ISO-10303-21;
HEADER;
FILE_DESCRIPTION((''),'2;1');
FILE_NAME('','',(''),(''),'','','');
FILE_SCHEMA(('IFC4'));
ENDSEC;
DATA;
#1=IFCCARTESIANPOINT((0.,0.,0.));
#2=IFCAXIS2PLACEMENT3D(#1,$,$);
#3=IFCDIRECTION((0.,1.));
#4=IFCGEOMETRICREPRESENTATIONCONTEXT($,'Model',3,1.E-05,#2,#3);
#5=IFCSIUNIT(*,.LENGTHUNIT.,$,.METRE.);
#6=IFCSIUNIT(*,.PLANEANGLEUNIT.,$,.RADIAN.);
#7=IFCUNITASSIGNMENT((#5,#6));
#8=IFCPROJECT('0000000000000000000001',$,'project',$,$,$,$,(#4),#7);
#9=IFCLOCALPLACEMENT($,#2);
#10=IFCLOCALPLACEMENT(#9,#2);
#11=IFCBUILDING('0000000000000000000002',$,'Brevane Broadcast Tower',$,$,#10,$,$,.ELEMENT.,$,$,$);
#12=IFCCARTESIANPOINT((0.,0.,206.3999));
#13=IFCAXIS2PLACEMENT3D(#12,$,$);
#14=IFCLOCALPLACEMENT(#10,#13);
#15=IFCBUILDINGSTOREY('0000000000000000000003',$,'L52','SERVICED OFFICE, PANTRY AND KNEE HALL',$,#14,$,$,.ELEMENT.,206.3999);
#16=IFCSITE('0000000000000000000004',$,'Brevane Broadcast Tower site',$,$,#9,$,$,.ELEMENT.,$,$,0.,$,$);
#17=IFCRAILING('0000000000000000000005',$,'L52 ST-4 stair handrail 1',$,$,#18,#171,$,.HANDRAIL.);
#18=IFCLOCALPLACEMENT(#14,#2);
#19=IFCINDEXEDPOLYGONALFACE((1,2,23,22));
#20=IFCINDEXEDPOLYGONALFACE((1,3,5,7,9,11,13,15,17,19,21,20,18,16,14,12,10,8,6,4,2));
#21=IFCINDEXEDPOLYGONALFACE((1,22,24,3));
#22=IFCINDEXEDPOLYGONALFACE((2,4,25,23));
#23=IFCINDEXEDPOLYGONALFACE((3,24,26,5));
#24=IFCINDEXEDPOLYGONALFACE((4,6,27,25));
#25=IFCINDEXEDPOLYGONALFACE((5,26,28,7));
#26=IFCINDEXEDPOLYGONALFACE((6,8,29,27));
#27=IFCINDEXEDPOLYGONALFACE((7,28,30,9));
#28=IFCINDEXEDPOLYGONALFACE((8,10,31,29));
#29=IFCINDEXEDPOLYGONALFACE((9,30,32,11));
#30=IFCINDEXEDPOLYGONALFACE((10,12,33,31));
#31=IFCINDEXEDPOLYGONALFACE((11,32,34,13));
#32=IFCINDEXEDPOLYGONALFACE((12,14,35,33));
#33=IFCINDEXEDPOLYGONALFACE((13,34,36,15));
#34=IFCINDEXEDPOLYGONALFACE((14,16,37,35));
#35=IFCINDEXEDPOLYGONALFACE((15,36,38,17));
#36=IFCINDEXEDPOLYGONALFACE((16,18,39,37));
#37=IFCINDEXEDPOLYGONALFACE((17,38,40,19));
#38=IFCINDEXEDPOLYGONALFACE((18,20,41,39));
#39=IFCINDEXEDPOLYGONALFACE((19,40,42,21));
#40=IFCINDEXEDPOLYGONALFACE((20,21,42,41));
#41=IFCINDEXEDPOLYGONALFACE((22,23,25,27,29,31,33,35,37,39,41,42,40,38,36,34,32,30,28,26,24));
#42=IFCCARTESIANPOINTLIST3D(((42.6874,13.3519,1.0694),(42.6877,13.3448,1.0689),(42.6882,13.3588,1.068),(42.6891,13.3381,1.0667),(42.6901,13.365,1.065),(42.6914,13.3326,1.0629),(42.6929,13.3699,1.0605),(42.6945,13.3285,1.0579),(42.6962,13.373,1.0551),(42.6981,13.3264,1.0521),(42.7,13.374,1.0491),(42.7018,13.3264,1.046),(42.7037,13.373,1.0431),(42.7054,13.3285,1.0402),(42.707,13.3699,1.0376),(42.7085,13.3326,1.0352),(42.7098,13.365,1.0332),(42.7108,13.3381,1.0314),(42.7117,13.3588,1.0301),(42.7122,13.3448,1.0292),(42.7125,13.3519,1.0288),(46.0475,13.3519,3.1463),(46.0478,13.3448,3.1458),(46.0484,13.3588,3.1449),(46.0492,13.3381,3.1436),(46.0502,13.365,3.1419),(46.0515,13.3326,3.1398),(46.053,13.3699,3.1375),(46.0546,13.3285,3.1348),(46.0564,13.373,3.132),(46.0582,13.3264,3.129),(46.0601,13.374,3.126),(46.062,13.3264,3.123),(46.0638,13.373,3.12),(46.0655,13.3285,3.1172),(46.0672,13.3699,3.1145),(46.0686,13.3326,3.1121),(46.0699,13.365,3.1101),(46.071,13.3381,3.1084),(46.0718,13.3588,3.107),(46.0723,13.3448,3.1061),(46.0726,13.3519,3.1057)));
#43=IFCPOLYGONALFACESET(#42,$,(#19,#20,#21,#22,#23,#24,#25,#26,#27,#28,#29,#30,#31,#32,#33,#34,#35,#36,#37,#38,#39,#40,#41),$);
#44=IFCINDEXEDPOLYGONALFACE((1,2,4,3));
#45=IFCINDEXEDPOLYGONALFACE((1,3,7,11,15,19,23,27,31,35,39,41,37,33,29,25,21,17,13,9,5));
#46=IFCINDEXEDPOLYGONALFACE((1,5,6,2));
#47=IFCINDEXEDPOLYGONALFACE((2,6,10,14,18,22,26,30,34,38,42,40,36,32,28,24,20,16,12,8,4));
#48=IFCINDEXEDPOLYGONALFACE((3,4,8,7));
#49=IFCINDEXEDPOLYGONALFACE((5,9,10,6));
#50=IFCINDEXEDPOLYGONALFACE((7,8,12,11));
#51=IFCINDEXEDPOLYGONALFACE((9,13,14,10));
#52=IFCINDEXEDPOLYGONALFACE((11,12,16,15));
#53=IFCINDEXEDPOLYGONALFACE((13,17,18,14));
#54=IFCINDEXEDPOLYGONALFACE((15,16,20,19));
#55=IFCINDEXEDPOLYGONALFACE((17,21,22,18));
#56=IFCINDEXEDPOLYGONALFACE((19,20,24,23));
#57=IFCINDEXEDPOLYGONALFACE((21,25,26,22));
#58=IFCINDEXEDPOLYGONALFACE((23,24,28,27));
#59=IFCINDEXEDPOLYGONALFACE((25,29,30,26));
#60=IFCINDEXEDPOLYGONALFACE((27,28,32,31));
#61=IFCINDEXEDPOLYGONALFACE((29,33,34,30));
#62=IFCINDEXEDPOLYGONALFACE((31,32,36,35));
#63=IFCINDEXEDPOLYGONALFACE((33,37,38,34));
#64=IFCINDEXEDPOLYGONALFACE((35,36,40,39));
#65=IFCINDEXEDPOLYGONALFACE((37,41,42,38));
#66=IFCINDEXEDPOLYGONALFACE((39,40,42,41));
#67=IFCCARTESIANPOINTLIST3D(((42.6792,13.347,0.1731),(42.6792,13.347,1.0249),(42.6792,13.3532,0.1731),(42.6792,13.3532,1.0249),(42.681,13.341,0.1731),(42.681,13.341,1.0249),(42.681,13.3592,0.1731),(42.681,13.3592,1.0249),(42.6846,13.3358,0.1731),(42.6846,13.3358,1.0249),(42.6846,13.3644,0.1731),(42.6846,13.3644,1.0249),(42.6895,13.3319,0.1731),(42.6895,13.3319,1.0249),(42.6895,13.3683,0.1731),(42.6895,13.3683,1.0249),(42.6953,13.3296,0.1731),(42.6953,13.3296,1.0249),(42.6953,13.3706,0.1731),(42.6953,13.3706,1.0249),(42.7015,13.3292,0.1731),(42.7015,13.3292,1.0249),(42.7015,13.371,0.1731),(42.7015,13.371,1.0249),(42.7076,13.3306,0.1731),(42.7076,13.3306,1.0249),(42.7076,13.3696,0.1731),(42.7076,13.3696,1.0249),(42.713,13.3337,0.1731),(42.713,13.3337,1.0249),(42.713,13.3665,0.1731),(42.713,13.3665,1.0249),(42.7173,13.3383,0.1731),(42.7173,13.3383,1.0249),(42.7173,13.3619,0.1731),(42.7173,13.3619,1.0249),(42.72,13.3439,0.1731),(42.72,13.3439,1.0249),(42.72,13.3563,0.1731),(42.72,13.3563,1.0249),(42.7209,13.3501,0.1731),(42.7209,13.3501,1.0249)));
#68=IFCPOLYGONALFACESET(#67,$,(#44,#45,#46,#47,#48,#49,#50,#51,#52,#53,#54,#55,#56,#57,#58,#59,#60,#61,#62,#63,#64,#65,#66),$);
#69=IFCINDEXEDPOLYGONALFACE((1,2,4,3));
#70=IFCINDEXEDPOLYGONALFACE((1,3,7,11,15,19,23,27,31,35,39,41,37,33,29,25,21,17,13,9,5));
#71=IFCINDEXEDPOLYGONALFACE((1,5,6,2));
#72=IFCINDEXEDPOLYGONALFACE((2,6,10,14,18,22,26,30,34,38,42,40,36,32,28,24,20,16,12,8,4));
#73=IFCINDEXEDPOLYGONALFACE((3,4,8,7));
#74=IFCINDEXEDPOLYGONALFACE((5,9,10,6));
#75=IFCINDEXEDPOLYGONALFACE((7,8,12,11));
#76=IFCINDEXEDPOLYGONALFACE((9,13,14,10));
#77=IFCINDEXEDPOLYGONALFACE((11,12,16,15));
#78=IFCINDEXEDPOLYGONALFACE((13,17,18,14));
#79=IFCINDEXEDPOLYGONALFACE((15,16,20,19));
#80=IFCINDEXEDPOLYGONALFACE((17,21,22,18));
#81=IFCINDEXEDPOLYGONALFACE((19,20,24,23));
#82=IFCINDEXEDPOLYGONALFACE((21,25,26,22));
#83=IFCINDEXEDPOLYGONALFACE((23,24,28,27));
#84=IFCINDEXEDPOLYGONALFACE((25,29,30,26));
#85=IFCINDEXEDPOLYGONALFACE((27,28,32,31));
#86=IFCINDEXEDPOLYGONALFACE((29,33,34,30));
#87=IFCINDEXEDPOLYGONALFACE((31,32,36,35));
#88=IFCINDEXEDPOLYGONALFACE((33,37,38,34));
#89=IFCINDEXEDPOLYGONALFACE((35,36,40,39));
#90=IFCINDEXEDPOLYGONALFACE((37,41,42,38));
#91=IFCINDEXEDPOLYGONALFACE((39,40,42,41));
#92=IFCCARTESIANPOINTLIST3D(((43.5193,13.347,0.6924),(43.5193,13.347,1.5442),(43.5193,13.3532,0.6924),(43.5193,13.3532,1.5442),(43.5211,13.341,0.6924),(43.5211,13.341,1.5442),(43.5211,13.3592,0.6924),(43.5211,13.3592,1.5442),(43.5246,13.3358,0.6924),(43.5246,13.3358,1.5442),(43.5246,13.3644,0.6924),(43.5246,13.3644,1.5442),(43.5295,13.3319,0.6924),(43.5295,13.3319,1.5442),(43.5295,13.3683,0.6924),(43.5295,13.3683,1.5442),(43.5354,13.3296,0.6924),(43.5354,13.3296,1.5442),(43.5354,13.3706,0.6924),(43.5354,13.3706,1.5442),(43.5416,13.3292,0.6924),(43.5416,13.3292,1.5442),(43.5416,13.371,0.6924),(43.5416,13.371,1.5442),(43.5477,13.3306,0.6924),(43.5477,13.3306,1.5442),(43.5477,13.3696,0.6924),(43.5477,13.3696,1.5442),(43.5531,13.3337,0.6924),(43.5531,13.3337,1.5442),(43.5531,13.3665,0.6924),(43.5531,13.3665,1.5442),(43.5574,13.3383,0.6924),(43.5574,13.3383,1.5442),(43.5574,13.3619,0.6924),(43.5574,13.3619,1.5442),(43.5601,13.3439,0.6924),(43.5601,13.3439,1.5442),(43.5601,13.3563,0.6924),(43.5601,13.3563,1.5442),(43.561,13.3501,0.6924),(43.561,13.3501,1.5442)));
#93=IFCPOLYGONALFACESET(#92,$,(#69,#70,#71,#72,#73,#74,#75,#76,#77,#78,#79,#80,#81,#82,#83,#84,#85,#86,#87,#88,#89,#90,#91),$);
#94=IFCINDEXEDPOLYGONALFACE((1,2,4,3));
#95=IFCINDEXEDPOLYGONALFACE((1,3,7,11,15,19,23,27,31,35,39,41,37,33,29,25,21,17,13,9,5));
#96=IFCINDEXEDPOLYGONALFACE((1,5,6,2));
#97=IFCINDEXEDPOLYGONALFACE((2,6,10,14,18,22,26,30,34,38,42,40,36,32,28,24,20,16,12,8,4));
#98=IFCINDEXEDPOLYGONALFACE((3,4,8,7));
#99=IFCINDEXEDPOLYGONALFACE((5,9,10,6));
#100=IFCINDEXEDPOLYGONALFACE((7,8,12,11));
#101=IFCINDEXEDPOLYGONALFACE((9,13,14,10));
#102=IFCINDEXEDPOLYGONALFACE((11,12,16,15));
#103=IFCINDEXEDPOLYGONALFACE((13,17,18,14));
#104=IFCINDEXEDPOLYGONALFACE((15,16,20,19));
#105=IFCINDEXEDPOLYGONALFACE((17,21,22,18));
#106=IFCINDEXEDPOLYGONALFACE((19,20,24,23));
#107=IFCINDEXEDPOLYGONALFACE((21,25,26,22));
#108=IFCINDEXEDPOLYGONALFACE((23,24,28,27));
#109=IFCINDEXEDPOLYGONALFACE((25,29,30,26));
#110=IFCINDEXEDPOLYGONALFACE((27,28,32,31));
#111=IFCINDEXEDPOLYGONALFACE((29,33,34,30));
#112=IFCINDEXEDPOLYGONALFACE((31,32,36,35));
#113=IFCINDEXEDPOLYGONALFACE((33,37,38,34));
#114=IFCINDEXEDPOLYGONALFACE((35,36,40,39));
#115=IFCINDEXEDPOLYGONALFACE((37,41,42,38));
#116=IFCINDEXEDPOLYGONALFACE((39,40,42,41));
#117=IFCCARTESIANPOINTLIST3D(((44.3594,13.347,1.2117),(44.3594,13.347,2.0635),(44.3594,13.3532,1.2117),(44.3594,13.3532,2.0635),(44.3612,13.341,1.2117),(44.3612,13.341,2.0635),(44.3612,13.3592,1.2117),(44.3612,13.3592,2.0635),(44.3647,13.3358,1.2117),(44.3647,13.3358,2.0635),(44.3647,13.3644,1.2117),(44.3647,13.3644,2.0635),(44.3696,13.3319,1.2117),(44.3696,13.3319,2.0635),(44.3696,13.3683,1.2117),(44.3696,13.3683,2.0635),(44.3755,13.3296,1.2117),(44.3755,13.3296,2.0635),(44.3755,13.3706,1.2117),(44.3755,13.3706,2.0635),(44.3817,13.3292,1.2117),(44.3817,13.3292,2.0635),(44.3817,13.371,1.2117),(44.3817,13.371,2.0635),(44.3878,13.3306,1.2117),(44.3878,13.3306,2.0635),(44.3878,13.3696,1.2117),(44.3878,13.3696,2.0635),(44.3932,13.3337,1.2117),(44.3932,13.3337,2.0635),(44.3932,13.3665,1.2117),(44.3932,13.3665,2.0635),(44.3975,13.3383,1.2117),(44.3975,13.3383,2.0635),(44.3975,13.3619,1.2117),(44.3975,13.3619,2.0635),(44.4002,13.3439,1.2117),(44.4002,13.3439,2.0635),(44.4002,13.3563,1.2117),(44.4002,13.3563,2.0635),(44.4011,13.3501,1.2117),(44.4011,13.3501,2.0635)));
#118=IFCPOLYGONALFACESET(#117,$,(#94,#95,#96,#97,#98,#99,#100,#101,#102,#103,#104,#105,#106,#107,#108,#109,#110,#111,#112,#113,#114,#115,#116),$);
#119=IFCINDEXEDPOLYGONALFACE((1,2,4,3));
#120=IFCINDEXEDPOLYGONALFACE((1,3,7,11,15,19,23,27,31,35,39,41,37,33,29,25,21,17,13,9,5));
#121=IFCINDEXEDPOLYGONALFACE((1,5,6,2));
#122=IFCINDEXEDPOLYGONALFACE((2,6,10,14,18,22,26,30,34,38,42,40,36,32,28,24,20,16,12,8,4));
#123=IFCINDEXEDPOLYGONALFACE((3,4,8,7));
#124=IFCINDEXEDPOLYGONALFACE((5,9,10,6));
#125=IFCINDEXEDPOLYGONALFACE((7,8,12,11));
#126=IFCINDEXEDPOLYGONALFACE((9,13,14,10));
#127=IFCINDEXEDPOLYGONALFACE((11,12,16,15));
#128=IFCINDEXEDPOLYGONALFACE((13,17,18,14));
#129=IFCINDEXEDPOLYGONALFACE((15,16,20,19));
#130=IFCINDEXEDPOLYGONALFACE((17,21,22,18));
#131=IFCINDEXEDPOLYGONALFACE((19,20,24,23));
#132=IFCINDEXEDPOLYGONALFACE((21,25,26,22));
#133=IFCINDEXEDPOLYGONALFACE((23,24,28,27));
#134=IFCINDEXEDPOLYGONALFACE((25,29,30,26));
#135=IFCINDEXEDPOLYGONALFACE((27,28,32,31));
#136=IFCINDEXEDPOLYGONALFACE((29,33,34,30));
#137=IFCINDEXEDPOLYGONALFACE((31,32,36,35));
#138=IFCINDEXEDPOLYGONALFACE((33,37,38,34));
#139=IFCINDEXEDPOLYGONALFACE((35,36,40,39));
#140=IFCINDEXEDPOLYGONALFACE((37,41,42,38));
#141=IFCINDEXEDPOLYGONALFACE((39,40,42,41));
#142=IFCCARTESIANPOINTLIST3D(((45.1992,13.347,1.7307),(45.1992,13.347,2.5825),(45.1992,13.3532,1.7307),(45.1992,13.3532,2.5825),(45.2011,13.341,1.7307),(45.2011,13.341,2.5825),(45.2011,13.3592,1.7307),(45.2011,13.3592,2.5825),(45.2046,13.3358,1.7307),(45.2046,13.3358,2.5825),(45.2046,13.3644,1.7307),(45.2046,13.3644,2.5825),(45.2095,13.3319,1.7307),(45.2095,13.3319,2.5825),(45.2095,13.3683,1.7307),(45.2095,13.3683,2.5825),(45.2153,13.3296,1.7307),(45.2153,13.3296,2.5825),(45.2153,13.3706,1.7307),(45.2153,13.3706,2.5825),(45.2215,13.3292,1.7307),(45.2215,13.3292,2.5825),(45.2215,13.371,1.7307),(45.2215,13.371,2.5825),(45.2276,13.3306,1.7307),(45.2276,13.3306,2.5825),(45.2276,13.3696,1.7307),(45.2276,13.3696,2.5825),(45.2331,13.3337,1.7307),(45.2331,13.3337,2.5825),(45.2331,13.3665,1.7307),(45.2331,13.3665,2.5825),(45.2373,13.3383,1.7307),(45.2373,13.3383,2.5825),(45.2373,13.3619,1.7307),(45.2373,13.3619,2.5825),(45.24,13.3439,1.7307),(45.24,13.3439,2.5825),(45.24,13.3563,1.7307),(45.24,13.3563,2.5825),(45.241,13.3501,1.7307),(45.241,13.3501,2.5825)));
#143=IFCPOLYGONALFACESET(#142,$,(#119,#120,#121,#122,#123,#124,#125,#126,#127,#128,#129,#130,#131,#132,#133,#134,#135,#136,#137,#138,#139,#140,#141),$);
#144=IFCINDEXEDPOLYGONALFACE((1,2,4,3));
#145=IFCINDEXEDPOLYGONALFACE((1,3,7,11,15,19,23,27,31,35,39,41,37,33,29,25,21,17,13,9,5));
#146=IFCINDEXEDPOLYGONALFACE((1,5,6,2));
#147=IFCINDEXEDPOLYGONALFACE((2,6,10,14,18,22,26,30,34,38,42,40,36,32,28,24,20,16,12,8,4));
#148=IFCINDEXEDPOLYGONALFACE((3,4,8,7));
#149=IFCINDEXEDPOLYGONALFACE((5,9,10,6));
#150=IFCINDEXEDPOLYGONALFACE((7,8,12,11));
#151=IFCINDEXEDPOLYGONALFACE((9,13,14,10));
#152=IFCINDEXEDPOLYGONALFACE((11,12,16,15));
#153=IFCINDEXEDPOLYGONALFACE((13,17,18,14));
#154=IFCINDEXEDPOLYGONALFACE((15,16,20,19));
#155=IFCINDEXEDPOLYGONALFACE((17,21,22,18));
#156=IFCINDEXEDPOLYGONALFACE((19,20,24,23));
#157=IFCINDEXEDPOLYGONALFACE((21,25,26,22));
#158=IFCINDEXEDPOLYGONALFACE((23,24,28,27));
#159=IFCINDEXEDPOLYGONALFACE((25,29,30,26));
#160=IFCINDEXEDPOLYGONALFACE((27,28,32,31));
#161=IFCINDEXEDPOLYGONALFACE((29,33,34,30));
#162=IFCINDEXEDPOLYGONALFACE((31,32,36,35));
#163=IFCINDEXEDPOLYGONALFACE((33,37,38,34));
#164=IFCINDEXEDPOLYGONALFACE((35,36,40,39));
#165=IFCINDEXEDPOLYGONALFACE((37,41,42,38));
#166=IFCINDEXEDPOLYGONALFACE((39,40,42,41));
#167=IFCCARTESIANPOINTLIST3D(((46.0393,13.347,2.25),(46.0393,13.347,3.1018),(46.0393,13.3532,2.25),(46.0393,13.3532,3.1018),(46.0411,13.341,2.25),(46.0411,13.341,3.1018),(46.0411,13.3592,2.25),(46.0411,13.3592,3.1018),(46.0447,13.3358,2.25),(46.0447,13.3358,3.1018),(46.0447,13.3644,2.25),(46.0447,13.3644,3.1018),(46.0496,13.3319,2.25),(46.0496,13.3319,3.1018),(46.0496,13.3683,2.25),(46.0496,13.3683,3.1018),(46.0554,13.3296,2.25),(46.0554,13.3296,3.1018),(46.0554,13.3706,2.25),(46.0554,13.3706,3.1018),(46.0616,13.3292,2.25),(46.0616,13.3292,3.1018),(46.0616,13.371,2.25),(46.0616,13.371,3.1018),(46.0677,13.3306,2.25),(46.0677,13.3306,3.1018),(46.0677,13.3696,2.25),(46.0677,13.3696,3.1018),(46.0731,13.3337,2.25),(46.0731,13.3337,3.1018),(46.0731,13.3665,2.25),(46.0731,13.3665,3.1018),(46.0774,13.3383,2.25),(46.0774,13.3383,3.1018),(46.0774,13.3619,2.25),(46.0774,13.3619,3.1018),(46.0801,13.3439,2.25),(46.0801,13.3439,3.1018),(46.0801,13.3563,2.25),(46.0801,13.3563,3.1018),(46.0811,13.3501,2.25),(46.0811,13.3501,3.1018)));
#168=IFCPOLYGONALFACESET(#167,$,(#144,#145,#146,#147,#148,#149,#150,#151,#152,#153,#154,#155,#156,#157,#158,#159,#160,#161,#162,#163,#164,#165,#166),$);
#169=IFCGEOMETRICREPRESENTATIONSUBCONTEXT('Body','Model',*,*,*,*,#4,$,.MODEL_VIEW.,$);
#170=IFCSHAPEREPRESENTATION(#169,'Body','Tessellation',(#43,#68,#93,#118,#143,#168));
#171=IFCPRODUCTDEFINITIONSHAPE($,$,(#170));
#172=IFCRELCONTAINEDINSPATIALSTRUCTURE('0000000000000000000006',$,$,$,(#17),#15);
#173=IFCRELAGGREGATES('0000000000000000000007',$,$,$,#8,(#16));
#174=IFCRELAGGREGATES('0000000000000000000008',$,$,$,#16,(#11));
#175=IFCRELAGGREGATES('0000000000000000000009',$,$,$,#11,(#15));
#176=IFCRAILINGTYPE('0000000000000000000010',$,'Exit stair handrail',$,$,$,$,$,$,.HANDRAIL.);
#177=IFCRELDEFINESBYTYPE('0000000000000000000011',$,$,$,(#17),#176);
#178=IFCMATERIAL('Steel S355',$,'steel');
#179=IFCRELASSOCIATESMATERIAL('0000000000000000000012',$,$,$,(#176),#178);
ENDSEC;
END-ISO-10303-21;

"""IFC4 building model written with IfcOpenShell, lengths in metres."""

from ifc_helpers import new_model, si_unit, direction, frame, origin, origin_2d, place, context, subcontext, project, spatial, circle, extrude, material, type_object, element, save


model = new_model("IFC4")

# Units and contexts
model_context = context("Model", 3, precision=1e-05, world=origin(), true_north=direction((0.0, 1.0)))
body_context = subcontext(model_context, "Body", "Model", "MODEL_VIEW")
ifc_project = project(units=[si_unit("LENGTHUNIT", "METRE"), si_unit("PLANEANGLEUNIT", "RADIAN")], contexts=[model_context])

# Site, building, storey
site_placement = place(None, origin())
site = spatial("IfcSite", under=ifc_project, at=site_placement, Name="Brevane Broadcast Tower site", CompositionType="ELEMENT", RefElevation=0.0)
building_placement = place(site_placement, origin())
building = spatial("IfcBuilding", under=site, at=building_placement, Name="Brevane Broadcast Tower", CompositionType="ELEMENT")
storey_placement = place(building_placement, frame((0.0, 0.0, 206.3999)))
storey = spatial("IfcBuildingStorey", under=building, at=storey_placement, Name="L52", Description="SERVICED OFFICE, PANTRY AND KNEE HALL", CompositionType="ELEMENT", Elevation=206.3999)

# Railing
ifc_material_1 = material(Name="Steel S355", Category="steel")
railing_type_1 = type_object("IfcRailingType", Name="Exit stair handrail", PredefinedType="HANDRAIL", material=ifc_material_1)
railing_1_placement = place(storey_placement, frame((42.7, 13.3501, 0.1731)))
element("IfcRailing", 1, at=railing_1_placement, inside=storey, type_object=railing_type_1, Name="L52 ST-4 stair handrail 1", PredefinedType="HANDRAIL", context=body_context, shape_type="SweptSolid", body=[
    extrude(circle(Radius=0.0239, at=origin_2d()), frame((0.0, 0.0, 0.876), z_axis=(0.850623, 0.0, 0.525776), x_axis=(0.0, 1.0, 0.0)), (0.0, 0.0, 1.0), 3.9502),
    extrude(circle(Radius=0.021, at=origin_2d()), origin(), (0.0, 0.0, 1.0), 0.8518),
    extrude(circle(Radius=0.021, at=origin_2d()), frame((0.8401, 0.0, 0.5193)), (0.0, 0.0, 1.0), 0.8518),
    extrude(circle(Radius=0.021, at=origin_2d()), frame((1.6802, 0.0, 1.0386)), (0.0, 0.0, 1.0), 0.8518),
    extrude(circle(Radius=0.021, at=origin_2d()), frame((2.52, 0.0, 1.5576)), (0.0, 0.0, 1.0), 0.8518),
    extrude(circle(Radius=0.021, at=origin_2d()), frame((3.3601, 0.0, 2.0769)), (0.0, 0.0, 1.0), 0.8518),
])

save(model, "model.ifc")
